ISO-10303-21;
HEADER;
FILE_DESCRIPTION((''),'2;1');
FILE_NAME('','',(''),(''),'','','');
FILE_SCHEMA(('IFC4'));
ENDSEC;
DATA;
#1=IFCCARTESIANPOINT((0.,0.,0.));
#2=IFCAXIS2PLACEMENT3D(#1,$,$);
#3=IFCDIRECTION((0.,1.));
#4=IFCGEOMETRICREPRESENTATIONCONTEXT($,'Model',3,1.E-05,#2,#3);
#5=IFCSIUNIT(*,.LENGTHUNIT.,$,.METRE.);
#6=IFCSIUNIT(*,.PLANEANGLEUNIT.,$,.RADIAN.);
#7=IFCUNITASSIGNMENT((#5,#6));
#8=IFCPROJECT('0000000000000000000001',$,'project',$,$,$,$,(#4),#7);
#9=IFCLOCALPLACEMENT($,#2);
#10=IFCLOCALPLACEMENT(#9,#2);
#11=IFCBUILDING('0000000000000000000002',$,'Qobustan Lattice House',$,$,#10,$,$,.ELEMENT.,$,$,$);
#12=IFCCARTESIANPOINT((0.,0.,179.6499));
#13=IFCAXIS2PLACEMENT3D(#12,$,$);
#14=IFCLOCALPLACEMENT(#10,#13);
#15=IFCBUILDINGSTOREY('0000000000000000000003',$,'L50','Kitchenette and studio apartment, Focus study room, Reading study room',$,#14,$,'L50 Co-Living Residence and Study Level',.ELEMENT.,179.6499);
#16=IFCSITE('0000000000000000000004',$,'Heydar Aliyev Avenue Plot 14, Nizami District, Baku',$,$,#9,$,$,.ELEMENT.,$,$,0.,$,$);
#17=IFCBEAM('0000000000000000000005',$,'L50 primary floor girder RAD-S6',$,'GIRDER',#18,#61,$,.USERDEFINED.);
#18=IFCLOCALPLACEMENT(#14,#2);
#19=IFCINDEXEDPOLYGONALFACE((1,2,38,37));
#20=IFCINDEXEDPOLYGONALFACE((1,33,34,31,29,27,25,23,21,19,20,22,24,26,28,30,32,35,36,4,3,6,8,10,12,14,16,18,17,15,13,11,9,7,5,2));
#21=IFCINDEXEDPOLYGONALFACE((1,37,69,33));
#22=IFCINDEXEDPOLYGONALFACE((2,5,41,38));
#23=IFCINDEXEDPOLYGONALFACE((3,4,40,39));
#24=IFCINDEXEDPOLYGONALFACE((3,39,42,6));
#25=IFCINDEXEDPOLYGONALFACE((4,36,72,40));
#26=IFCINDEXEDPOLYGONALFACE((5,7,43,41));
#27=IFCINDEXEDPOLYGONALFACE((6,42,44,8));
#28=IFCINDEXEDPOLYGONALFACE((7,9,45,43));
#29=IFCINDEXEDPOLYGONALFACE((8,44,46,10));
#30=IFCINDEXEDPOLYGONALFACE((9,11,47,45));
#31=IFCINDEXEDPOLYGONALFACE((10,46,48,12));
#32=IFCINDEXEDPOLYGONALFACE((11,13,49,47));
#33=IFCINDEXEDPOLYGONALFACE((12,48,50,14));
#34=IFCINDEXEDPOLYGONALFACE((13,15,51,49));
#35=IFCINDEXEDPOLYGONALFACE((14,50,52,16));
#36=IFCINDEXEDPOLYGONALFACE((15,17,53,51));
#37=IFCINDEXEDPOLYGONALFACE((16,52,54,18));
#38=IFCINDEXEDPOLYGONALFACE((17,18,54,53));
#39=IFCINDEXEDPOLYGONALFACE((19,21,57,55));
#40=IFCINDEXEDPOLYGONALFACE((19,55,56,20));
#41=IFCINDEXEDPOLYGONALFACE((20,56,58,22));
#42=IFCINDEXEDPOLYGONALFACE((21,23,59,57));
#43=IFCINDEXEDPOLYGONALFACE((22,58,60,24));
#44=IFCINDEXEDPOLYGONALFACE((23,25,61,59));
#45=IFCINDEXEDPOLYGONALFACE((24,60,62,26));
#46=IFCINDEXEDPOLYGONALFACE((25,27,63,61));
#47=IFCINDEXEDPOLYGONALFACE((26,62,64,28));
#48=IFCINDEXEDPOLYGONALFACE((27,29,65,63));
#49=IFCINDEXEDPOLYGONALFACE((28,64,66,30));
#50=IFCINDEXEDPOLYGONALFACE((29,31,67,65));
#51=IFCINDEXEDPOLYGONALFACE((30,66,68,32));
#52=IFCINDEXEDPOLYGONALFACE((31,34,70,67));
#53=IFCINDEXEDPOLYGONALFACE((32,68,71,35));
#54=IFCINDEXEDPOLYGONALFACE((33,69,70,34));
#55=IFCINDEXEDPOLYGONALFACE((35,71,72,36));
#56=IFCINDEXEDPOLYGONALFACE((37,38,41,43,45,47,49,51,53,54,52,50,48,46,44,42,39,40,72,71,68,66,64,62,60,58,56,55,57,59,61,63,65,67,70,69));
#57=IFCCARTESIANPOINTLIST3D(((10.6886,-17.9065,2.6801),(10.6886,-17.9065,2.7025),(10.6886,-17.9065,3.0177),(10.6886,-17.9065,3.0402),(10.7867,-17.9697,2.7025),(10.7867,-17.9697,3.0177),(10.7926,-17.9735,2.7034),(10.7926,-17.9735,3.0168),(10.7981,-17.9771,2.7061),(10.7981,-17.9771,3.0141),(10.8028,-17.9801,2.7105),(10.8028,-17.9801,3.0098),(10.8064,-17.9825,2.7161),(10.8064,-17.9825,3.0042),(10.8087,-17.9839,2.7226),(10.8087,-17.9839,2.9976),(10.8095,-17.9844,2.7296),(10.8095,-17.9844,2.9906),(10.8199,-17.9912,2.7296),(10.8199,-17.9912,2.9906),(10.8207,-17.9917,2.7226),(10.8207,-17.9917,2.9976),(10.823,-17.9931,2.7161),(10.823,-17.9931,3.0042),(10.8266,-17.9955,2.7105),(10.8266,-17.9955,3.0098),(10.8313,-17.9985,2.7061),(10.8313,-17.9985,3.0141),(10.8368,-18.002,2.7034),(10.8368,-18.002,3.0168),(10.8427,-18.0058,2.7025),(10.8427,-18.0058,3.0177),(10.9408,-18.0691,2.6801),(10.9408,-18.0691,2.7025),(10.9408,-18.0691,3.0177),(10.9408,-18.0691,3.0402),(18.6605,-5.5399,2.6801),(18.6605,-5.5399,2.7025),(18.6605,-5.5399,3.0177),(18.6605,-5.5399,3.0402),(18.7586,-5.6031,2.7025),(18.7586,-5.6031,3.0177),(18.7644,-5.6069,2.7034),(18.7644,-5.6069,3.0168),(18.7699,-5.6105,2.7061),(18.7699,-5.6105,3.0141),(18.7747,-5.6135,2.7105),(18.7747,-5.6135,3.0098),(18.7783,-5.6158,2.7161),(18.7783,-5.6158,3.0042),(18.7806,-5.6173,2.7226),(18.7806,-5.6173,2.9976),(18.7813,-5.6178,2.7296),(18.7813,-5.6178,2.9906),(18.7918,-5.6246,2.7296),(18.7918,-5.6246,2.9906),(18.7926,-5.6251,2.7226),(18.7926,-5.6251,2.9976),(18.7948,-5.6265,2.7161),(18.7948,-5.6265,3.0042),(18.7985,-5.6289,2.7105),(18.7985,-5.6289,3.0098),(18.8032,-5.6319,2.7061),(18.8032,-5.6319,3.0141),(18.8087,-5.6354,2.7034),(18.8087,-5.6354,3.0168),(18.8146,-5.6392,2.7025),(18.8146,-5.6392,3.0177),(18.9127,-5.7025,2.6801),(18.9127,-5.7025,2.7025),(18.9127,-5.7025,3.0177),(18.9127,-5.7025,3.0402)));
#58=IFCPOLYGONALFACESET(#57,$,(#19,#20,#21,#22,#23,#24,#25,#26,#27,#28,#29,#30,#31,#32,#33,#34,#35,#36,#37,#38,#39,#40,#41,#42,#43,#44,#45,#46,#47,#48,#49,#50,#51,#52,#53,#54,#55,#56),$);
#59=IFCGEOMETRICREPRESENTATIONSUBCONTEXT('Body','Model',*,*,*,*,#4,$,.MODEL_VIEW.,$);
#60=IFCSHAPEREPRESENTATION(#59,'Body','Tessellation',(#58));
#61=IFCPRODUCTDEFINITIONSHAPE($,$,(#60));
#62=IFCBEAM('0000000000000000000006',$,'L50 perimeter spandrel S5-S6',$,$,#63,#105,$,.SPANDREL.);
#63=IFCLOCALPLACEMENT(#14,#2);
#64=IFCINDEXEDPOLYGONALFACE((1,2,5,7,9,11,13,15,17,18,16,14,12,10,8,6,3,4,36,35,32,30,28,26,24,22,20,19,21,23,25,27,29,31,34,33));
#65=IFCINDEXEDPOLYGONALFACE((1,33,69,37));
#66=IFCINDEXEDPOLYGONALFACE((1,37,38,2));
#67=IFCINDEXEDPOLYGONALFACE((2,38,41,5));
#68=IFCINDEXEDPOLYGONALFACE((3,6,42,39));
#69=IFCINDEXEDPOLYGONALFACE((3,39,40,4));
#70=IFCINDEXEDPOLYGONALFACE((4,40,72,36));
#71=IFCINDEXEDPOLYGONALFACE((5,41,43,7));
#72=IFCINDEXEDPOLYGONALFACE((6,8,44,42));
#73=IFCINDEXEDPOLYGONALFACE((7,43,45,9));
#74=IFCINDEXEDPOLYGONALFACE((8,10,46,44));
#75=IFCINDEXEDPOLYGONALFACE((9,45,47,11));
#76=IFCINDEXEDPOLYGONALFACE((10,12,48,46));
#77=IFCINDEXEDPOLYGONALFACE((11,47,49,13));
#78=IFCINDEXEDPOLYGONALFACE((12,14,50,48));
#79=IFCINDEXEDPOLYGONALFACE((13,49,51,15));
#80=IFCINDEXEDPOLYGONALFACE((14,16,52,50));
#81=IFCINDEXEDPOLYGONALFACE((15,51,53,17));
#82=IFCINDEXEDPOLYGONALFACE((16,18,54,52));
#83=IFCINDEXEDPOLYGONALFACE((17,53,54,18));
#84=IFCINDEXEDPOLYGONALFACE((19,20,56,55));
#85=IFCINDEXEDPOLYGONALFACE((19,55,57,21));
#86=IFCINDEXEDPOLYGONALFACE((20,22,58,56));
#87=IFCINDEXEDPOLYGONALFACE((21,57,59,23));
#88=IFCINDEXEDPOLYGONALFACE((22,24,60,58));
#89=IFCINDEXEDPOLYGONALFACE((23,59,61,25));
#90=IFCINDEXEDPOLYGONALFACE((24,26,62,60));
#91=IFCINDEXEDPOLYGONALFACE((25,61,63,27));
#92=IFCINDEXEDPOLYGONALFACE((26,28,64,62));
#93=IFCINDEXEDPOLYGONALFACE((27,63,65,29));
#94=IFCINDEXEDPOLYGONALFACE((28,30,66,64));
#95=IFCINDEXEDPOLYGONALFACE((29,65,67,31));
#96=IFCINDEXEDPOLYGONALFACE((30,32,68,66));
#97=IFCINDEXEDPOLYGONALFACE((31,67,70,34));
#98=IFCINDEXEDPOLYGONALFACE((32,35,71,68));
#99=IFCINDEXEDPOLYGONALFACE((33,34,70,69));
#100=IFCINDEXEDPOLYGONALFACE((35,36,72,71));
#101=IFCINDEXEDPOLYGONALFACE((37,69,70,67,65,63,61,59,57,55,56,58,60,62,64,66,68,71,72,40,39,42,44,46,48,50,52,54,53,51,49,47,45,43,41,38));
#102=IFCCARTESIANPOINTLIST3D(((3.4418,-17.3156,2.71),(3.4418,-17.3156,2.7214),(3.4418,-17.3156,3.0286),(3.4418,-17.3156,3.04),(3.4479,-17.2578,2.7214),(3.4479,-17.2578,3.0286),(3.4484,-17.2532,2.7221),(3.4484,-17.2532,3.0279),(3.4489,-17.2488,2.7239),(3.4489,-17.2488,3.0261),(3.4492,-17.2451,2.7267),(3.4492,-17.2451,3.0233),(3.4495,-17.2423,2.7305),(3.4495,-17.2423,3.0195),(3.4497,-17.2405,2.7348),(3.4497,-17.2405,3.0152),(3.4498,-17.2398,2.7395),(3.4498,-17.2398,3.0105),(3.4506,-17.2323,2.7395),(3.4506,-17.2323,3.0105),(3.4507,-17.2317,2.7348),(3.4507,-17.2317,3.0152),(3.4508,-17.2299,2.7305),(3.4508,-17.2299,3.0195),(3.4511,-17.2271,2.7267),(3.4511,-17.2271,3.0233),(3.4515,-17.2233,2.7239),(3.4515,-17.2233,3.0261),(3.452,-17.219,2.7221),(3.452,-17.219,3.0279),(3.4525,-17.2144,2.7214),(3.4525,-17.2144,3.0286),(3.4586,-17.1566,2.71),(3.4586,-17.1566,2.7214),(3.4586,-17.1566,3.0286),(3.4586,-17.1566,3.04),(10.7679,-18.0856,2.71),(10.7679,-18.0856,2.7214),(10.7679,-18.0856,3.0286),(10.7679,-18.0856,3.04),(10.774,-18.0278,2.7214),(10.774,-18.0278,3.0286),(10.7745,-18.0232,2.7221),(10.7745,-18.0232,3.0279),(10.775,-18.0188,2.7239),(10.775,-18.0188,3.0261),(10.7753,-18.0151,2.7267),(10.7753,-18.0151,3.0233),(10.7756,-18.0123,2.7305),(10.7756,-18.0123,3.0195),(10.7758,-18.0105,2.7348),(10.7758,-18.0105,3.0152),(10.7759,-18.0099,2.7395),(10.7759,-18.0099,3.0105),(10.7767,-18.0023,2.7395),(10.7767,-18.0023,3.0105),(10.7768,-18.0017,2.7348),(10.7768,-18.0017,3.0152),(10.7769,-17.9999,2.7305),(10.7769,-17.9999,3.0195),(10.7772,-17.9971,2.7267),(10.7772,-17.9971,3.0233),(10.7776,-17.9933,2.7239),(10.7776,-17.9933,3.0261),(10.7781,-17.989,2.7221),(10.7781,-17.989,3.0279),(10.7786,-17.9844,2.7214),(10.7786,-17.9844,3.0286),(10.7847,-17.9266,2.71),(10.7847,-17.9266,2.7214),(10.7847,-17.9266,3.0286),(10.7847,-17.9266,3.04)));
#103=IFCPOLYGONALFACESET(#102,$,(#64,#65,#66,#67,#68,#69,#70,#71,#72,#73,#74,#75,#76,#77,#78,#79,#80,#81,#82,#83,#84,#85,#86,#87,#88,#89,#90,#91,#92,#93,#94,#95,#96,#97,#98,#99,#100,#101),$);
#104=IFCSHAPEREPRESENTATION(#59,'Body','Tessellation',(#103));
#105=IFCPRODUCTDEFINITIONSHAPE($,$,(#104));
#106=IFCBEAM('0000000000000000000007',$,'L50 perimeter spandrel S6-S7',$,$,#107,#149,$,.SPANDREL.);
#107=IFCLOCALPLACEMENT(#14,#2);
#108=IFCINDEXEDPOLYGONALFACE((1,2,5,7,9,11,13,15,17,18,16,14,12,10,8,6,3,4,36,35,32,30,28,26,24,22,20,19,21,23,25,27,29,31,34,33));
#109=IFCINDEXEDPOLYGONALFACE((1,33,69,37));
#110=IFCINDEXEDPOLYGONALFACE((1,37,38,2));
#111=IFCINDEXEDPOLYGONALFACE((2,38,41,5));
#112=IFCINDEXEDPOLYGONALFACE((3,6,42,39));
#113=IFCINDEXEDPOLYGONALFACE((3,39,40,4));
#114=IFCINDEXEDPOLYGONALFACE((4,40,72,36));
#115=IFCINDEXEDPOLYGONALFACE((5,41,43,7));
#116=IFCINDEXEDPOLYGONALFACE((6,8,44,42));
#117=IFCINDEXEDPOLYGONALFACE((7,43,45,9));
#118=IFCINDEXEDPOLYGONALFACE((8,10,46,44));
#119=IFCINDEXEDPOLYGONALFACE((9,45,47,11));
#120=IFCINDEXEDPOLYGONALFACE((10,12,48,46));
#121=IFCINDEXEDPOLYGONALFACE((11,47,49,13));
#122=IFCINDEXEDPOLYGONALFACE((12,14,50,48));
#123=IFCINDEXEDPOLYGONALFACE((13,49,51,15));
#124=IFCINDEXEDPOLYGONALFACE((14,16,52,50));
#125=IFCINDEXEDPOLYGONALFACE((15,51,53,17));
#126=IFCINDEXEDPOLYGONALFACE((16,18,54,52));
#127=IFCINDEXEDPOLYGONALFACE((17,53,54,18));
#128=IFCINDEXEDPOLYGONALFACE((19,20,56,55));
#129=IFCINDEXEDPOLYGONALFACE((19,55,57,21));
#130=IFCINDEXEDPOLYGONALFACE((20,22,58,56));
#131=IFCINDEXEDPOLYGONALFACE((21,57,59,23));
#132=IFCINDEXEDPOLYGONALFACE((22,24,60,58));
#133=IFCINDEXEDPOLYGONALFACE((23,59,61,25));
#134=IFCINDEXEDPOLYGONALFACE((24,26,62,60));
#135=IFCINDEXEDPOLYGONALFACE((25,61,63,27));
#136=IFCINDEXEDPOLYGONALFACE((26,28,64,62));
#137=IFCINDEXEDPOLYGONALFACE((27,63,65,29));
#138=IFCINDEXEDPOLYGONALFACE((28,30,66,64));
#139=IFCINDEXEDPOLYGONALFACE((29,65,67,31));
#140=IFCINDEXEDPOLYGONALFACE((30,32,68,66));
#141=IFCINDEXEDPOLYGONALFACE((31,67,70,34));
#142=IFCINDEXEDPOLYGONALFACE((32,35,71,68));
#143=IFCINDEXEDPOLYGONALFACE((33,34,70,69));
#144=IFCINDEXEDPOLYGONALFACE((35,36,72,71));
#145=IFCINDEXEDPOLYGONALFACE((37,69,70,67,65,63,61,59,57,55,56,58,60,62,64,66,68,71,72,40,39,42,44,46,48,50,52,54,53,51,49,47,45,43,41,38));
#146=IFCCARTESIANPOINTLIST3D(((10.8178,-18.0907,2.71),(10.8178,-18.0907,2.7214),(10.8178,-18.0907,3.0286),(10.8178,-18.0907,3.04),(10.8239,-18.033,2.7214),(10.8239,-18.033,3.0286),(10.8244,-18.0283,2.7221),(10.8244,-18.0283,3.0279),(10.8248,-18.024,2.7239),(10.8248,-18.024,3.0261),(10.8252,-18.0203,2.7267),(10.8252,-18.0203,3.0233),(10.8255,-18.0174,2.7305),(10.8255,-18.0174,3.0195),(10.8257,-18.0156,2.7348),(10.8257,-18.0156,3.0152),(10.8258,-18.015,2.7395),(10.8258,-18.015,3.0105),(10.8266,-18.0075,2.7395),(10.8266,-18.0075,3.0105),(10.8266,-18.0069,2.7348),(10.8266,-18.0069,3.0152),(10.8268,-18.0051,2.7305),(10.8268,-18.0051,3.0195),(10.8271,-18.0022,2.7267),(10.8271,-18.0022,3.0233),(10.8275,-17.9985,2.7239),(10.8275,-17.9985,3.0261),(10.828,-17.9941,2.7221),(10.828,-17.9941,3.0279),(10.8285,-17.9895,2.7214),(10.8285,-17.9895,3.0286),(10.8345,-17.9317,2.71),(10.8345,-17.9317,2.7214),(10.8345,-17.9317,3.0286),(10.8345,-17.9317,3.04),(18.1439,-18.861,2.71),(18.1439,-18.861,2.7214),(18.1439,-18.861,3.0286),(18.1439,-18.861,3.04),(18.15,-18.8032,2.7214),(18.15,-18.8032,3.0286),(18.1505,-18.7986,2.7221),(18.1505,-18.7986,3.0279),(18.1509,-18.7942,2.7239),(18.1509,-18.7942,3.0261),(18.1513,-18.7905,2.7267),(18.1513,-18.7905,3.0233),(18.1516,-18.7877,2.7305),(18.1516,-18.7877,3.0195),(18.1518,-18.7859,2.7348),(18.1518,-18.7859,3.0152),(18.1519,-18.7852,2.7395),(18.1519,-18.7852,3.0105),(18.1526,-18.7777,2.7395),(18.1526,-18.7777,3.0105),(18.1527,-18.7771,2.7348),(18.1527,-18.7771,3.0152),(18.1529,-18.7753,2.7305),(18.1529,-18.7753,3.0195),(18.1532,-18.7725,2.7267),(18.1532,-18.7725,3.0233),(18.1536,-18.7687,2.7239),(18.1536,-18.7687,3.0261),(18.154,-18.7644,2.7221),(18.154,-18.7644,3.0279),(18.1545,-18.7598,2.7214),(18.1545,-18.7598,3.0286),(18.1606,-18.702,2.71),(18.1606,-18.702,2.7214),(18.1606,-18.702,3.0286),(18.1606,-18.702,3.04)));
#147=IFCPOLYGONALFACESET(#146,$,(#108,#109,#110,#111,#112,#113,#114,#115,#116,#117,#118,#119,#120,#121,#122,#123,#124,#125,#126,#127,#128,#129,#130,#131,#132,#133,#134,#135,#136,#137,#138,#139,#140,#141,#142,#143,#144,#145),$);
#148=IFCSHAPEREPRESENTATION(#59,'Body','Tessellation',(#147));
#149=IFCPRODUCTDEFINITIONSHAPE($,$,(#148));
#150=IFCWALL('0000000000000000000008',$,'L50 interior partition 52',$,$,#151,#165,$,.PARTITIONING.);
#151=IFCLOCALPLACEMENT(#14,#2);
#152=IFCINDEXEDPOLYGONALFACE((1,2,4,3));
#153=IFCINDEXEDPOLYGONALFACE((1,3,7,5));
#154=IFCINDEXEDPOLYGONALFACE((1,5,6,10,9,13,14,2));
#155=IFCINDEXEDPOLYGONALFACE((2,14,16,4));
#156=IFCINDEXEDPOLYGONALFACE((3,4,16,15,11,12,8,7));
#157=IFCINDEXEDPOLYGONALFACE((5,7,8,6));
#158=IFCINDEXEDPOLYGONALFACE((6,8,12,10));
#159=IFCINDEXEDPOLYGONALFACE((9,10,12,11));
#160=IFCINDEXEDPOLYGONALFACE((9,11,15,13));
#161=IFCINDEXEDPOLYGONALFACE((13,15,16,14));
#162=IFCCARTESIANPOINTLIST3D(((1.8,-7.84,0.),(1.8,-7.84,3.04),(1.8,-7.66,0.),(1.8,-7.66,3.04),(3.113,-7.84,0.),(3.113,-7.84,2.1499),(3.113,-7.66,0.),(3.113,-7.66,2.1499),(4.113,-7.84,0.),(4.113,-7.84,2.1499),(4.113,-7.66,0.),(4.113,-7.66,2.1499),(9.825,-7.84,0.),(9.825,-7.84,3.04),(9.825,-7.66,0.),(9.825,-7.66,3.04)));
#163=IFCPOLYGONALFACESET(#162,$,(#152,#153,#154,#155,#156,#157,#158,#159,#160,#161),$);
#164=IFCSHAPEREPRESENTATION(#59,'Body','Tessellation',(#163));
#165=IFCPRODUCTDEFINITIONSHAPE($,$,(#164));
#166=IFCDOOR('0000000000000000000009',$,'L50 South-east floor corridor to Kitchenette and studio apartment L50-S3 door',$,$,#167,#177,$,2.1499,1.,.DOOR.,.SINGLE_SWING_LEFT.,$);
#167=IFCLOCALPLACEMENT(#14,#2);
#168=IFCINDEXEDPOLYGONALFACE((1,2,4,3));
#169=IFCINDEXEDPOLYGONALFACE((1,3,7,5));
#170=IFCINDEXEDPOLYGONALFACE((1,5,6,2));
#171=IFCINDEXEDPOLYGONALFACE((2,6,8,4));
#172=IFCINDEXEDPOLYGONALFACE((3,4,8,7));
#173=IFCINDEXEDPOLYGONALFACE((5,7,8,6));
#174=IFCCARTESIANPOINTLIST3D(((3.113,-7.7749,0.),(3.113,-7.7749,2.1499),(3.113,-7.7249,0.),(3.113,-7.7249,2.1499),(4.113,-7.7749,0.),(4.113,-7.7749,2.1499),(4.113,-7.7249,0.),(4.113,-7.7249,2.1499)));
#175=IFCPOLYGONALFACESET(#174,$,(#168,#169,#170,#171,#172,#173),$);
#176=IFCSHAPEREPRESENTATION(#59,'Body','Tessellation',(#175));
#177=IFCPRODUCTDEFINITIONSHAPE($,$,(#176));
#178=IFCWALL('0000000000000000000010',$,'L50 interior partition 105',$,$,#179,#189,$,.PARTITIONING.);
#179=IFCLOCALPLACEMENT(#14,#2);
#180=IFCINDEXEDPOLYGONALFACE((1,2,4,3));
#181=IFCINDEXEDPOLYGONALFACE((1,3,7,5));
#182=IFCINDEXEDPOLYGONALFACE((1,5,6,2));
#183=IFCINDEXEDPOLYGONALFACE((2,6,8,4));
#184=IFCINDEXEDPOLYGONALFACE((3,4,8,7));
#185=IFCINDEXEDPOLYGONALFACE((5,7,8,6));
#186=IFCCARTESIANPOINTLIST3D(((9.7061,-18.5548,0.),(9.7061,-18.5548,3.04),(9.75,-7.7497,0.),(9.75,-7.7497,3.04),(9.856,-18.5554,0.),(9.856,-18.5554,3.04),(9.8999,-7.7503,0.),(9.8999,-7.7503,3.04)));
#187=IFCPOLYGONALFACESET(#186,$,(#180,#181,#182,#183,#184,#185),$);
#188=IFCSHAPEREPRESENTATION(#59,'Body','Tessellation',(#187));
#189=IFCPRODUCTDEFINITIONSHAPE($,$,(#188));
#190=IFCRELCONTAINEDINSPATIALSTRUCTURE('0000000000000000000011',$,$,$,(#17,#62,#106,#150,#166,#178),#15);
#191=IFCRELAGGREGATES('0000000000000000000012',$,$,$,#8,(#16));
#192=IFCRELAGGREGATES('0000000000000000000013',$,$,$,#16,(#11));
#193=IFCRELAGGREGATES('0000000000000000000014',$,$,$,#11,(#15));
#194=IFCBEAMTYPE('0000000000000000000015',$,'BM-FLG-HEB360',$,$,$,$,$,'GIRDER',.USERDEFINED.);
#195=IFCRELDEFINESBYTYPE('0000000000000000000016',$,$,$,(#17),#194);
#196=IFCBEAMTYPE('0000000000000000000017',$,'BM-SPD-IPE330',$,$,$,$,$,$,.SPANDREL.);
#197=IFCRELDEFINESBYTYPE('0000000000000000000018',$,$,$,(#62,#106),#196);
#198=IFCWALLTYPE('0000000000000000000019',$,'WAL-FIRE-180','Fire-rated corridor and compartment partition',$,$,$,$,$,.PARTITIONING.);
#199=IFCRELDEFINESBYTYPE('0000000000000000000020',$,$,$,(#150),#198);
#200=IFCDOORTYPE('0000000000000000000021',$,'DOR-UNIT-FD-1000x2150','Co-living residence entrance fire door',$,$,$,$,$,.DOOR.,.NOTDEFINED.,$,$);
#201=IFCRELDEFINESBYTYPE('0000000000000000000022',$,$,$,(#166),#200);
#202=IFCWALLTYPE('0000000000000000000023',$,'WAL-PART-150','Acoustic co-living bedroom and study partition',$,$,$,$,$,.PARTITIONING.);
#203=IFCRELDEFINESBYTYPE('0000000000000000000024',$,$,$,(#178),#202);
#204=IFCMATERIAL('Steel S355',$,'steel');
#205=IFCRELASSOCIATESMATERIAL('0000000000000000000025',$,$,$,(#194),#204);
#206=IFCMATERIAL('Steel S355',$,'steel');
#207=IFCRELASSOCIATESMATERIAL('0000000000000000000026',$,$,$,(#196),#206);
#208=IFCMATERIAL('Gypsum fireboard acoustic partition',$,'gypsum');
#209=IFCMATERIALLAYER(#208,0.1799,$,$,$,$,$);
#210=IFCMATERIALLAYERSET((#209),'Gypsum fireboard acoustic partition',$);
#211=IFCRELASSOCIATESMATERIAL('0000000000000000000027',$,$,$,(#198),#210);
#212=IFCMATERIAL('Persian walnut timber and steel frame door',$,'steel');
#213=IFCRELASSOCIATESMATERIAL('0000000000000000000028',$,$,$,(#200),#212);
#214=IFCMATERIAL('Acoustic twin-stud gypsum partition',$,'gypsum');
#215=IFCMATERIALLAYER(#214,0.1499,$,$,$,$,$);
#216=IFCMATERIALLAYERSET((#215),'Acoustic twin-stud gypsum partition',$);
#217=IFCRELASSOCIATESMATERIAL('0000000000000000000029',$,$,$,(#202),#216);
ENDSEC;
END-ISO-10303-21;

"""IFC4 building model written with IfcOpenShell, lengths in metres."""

from ifc_helpers import new_model, si_unit, direction, frame, frame_2d, origin, origin_2d, place, context, subcontext, project, spatial, rectangle, i_section, extrude, material, layer, layer_set, material_profile, profile_set, type_object, element, fill, save


model = new_model("IFC4")

# Units and contexts
model_context = context("Model", 3, precision=1e-05, world=origin(), true_north=direction((0.0, 1.0)))
body_context = subcontext(model_context, "Body", "Model", "MODEL_VIEW")
ifc_project = project(units=[si_unit("LENGTHUNIT", "METRE"), si_unit("PLANEANGLEUNIT", "RADIAN")], contexts=[model_context])

# Site, building, storey
site_placement = place(None, origin())
site = spatial("IfcSite", under=ifc_project, at=site_placement, Name="Heydar Aliyev Avenue Plot 14, Nizami District, Baku", CompositionType="ELEMENT", RefElevation=0.0)
building_placement = place(site_placement, origin())
building = spatial("IfcBuilding", under=site, at=building_placement, Name="Qobustan Lattice House", CompositionType="ELEMENT")
storey_placement = place(building_placement, frame((0.0, 0.0, 179.6499)))
storey = spatial("IfcBuildingStorey", under=building, at=storey_placement, Name="L50", Description="Kitchenette and studio apartment, Focus study room, Reading study room", LongName="L50 Co-Living Residence and Study Level", CompositionType="ELEMENT", Elevation=179.6499)

# Beams
ifc_material_1 = material(Name="Steel S355", Category="steel")
ifc_material_profile_1 = material_profile(ifc_material_1, i_section(OverallWidth=0.3, OverallDepth=0.3601, WebThickness=0.0125, FlangeThickness=0.0225, FilletRadius=0.0271, at=origin_2d()), Name="HEB360")
ifc_profile_set_1 = profile_set([ifc_material_profile_1], Name="Steel S355")
beam_type_1 = type_object("IfcBeamType", Name="BM-FLG-HEB360", ElementType="GIRDER", PredefinedType="USERDEFINED", material=ifc_profile_set_1)
beam_1_placement = place(storey_placement, frame((10.8147, -17.9878, 2.8601), z_axis=(0.54181, 0.840501, 0.0), x_axis=(-0.840501, 0.54181, 0.0)))
element("IfcBeam", 1, at=beam_1_placement, inside=storey, type_object=beam_type_1, Name="L50 primary floor girder RAD-S6", ObjectType="GIRDER", PredefinedType="USERDEFINED", context=body_context, shape_type="SweptSolid", body=[
    extrude(i_section(OverallWidth=0.3, OverallDepth=0.3601, WebThickness=0.0125, FlangeThickness=0.0225, FilletRadius=0.0271, at=origin_2d()), origin(), (0.0, 0.0, 1.0), 14.7134),
])
ifc_material_2 = material(Name="Steel S355", Category="steel")
ifc_material_profile_2 = material_profile(ifc_material_2, i_section(OverallWidth=0.1599, OverallDepth=0.3301, WebThickness=0.0076, FlangeThickness=0.0115, FilletRadius=0.0181, at=origin_2d()), Name="IPE330")
ifc_profile_set_2 = profile_set([ifc_material_profile_2], Name="Steel S355")
beam_type_2 = type_object("IfcBeamType", Name="BM-SPD-IPE330", PredefinedType="SPANDREL", material=ifc_profile_set_2)
for number, where, z_axis, x_axis, name in (
    (2, (3.4502, -17.2361, 2.875), (0.994522, -0.10453, 0.0), (0.10453, 0.994522, 0.0), "L50 perimeter spandrel S5-S6"),
    (3, (10.8262, -18.0112, 2.875), (0.994518, -0.104562, 0.0), (0.104562, 0.994518, 0.0), "L50 perimeter spandrel S6-S7"),
):
    element("IfcBeam", number, at=place(storey_placement, frame(where, z_axis=z_axis, x_axis=x_axis)), inside=storey, type_object=beam_type_2, Name=name, PredefinedType="SPANDREL", context=body_context, shape_type="SweptSolid", body=[
        extrude(i_section(OverallWidth=0.1599, OverallDepth=0.3301, WebThickness=0.0076, FlangeThickness=0.0115, FilletRadius=0.0181, at=origin_2d()), origin(), (0.0, 0.0, 1.0), 7.3665),
    ])

# Wall, opening, door
ifc_material_3 = material(Name="Gypsum fireboard acoustic partition", Category="gypsum")
ifc_layer_1 = layer(ifc_material_3, 0.1799)
ifc_layer_set_1 = layer_set([ifc_layer_1], Name="Gypsum fireboard acoustic partition")
wall_type_1 = type_object("IfcWallType", Name="WAL-FIRE-180", Description="Fire-rated corridor and compartment partition", PredefinedType="PARTITIONING", material=ifc_layer_set_1)
wall_1_placement = place(storey_placement, frame((9.825, -7.75, 0.0), z_axis=(0.0, 0.0, 1.0), x_axis=(-1.0, 0.0, 0.0)))
wall_1 = element("IfcWall", 4, at=wall_1_placement, inside=storey, type_object=wall_type_1, Name="L50 interior partition 52", PredefinedType="PARTITIONING", context=body_context, shape_type="SweptSolid", body=[
    extrude(rectangle(XDim=8.0249, YDim=0.1799, at=frame_2d((4.0125, 0.0))), origin(), (0.0, 0.0, 1.0), 3.04),
])
opening_placement = place(wall_1_placement, frame((5.7119, 0.0, 0.0)))
opening = element("IfcOpeningElement", 5, at=opening_placement, cuts=wall_1, PredefinedType="OPENING", context=body_context, shape_type="SweptSolid", body=[
    extrude(rectangle(XDim=1.0, YDim=2.1499, at=frame_2d((0.5, 1.075))), frame((0.0, 0.0999, 0.0), z_axis=(0.0, -1.0, 0.0), x_axis=(1.0, 0.0, 0.0)), (0.0, 0.0, 1.0), 0.2),
])
ifc_material_4 = material(Name="Persian walnut timber and steel frame door", Category="steel")
door_type = type_object("IfcDoorType", Name="DOR-UNIT-FD-1000x2150", Description="Co-living residence entrance fire door", OperationType="NOTDEFINED", PredefinedType="DOOR", material=ifc_material_4)
door_placement = place(opening_placement, origin())
door = element("IfcDoor", 6, at=door_placement, inside=storey, type_object=door_type, Name="L50 South-east floor corridor to Kitchenette and studio apartment L50-S3 door", OperationType="SINGLE_SWING_LEFT", OverallHeight=2.1499, OverallWidth=1.0, PredefinedType="DOOR", context=body_context, shape_type="SweptSolid", body=[
    extrude(rectangle(XDim=1.0, YDim=2.1499, at=frame_2d((0.5, 1.075))), frame((0.0, 0.0249, 0.0), z_axis=(0.0, -1.0, 0.0), x_axis=(1.0, 0.0, 0.0)), (0.0, 0.0, 1.0), 0.05),
])
fill(opening, door)

# Wall
ifc_material_5 = material(Name="Acoustic twin-stud gypsum partition", Category="gypsum")
ifc_layer_2 = layer(ifc_material_5, 0.1499)
ifc_layer_set_2 = layer_set([ifc_layer_2], Name="Acoustic twin-stud gypsum partition")
wall_type_2 = type_object("IfcWallType", Name="WAL-PART-150", Description="Acoustic co-living bedroom and study partition", PredefinedType="PARTITIONING", material=ifc_layer_set_2)
wall_2_placement = place(storey_placement, frame((9.825, -7.75, 0.0), z_axis=(0.0, 0.0, 1.0), x_axis=(-0.004067, -0.999992, 0.0)))
element("IfcWall", 7, at=wall_2_placement, inside=storey, type_object=wall_type_2, Name="L50 interior partition 105", PredefinedType="PARTITIONING", context=body_context, shape_type="SweptSolid", body=[
    extrude(rectangle(XDim=10.8052, YDim=0.1499, at=frame_2d((5.4026, 0.0))), origin(), (0.0, 0.0, 1.0), 3.04),
])

save(model, "model.ifc")
